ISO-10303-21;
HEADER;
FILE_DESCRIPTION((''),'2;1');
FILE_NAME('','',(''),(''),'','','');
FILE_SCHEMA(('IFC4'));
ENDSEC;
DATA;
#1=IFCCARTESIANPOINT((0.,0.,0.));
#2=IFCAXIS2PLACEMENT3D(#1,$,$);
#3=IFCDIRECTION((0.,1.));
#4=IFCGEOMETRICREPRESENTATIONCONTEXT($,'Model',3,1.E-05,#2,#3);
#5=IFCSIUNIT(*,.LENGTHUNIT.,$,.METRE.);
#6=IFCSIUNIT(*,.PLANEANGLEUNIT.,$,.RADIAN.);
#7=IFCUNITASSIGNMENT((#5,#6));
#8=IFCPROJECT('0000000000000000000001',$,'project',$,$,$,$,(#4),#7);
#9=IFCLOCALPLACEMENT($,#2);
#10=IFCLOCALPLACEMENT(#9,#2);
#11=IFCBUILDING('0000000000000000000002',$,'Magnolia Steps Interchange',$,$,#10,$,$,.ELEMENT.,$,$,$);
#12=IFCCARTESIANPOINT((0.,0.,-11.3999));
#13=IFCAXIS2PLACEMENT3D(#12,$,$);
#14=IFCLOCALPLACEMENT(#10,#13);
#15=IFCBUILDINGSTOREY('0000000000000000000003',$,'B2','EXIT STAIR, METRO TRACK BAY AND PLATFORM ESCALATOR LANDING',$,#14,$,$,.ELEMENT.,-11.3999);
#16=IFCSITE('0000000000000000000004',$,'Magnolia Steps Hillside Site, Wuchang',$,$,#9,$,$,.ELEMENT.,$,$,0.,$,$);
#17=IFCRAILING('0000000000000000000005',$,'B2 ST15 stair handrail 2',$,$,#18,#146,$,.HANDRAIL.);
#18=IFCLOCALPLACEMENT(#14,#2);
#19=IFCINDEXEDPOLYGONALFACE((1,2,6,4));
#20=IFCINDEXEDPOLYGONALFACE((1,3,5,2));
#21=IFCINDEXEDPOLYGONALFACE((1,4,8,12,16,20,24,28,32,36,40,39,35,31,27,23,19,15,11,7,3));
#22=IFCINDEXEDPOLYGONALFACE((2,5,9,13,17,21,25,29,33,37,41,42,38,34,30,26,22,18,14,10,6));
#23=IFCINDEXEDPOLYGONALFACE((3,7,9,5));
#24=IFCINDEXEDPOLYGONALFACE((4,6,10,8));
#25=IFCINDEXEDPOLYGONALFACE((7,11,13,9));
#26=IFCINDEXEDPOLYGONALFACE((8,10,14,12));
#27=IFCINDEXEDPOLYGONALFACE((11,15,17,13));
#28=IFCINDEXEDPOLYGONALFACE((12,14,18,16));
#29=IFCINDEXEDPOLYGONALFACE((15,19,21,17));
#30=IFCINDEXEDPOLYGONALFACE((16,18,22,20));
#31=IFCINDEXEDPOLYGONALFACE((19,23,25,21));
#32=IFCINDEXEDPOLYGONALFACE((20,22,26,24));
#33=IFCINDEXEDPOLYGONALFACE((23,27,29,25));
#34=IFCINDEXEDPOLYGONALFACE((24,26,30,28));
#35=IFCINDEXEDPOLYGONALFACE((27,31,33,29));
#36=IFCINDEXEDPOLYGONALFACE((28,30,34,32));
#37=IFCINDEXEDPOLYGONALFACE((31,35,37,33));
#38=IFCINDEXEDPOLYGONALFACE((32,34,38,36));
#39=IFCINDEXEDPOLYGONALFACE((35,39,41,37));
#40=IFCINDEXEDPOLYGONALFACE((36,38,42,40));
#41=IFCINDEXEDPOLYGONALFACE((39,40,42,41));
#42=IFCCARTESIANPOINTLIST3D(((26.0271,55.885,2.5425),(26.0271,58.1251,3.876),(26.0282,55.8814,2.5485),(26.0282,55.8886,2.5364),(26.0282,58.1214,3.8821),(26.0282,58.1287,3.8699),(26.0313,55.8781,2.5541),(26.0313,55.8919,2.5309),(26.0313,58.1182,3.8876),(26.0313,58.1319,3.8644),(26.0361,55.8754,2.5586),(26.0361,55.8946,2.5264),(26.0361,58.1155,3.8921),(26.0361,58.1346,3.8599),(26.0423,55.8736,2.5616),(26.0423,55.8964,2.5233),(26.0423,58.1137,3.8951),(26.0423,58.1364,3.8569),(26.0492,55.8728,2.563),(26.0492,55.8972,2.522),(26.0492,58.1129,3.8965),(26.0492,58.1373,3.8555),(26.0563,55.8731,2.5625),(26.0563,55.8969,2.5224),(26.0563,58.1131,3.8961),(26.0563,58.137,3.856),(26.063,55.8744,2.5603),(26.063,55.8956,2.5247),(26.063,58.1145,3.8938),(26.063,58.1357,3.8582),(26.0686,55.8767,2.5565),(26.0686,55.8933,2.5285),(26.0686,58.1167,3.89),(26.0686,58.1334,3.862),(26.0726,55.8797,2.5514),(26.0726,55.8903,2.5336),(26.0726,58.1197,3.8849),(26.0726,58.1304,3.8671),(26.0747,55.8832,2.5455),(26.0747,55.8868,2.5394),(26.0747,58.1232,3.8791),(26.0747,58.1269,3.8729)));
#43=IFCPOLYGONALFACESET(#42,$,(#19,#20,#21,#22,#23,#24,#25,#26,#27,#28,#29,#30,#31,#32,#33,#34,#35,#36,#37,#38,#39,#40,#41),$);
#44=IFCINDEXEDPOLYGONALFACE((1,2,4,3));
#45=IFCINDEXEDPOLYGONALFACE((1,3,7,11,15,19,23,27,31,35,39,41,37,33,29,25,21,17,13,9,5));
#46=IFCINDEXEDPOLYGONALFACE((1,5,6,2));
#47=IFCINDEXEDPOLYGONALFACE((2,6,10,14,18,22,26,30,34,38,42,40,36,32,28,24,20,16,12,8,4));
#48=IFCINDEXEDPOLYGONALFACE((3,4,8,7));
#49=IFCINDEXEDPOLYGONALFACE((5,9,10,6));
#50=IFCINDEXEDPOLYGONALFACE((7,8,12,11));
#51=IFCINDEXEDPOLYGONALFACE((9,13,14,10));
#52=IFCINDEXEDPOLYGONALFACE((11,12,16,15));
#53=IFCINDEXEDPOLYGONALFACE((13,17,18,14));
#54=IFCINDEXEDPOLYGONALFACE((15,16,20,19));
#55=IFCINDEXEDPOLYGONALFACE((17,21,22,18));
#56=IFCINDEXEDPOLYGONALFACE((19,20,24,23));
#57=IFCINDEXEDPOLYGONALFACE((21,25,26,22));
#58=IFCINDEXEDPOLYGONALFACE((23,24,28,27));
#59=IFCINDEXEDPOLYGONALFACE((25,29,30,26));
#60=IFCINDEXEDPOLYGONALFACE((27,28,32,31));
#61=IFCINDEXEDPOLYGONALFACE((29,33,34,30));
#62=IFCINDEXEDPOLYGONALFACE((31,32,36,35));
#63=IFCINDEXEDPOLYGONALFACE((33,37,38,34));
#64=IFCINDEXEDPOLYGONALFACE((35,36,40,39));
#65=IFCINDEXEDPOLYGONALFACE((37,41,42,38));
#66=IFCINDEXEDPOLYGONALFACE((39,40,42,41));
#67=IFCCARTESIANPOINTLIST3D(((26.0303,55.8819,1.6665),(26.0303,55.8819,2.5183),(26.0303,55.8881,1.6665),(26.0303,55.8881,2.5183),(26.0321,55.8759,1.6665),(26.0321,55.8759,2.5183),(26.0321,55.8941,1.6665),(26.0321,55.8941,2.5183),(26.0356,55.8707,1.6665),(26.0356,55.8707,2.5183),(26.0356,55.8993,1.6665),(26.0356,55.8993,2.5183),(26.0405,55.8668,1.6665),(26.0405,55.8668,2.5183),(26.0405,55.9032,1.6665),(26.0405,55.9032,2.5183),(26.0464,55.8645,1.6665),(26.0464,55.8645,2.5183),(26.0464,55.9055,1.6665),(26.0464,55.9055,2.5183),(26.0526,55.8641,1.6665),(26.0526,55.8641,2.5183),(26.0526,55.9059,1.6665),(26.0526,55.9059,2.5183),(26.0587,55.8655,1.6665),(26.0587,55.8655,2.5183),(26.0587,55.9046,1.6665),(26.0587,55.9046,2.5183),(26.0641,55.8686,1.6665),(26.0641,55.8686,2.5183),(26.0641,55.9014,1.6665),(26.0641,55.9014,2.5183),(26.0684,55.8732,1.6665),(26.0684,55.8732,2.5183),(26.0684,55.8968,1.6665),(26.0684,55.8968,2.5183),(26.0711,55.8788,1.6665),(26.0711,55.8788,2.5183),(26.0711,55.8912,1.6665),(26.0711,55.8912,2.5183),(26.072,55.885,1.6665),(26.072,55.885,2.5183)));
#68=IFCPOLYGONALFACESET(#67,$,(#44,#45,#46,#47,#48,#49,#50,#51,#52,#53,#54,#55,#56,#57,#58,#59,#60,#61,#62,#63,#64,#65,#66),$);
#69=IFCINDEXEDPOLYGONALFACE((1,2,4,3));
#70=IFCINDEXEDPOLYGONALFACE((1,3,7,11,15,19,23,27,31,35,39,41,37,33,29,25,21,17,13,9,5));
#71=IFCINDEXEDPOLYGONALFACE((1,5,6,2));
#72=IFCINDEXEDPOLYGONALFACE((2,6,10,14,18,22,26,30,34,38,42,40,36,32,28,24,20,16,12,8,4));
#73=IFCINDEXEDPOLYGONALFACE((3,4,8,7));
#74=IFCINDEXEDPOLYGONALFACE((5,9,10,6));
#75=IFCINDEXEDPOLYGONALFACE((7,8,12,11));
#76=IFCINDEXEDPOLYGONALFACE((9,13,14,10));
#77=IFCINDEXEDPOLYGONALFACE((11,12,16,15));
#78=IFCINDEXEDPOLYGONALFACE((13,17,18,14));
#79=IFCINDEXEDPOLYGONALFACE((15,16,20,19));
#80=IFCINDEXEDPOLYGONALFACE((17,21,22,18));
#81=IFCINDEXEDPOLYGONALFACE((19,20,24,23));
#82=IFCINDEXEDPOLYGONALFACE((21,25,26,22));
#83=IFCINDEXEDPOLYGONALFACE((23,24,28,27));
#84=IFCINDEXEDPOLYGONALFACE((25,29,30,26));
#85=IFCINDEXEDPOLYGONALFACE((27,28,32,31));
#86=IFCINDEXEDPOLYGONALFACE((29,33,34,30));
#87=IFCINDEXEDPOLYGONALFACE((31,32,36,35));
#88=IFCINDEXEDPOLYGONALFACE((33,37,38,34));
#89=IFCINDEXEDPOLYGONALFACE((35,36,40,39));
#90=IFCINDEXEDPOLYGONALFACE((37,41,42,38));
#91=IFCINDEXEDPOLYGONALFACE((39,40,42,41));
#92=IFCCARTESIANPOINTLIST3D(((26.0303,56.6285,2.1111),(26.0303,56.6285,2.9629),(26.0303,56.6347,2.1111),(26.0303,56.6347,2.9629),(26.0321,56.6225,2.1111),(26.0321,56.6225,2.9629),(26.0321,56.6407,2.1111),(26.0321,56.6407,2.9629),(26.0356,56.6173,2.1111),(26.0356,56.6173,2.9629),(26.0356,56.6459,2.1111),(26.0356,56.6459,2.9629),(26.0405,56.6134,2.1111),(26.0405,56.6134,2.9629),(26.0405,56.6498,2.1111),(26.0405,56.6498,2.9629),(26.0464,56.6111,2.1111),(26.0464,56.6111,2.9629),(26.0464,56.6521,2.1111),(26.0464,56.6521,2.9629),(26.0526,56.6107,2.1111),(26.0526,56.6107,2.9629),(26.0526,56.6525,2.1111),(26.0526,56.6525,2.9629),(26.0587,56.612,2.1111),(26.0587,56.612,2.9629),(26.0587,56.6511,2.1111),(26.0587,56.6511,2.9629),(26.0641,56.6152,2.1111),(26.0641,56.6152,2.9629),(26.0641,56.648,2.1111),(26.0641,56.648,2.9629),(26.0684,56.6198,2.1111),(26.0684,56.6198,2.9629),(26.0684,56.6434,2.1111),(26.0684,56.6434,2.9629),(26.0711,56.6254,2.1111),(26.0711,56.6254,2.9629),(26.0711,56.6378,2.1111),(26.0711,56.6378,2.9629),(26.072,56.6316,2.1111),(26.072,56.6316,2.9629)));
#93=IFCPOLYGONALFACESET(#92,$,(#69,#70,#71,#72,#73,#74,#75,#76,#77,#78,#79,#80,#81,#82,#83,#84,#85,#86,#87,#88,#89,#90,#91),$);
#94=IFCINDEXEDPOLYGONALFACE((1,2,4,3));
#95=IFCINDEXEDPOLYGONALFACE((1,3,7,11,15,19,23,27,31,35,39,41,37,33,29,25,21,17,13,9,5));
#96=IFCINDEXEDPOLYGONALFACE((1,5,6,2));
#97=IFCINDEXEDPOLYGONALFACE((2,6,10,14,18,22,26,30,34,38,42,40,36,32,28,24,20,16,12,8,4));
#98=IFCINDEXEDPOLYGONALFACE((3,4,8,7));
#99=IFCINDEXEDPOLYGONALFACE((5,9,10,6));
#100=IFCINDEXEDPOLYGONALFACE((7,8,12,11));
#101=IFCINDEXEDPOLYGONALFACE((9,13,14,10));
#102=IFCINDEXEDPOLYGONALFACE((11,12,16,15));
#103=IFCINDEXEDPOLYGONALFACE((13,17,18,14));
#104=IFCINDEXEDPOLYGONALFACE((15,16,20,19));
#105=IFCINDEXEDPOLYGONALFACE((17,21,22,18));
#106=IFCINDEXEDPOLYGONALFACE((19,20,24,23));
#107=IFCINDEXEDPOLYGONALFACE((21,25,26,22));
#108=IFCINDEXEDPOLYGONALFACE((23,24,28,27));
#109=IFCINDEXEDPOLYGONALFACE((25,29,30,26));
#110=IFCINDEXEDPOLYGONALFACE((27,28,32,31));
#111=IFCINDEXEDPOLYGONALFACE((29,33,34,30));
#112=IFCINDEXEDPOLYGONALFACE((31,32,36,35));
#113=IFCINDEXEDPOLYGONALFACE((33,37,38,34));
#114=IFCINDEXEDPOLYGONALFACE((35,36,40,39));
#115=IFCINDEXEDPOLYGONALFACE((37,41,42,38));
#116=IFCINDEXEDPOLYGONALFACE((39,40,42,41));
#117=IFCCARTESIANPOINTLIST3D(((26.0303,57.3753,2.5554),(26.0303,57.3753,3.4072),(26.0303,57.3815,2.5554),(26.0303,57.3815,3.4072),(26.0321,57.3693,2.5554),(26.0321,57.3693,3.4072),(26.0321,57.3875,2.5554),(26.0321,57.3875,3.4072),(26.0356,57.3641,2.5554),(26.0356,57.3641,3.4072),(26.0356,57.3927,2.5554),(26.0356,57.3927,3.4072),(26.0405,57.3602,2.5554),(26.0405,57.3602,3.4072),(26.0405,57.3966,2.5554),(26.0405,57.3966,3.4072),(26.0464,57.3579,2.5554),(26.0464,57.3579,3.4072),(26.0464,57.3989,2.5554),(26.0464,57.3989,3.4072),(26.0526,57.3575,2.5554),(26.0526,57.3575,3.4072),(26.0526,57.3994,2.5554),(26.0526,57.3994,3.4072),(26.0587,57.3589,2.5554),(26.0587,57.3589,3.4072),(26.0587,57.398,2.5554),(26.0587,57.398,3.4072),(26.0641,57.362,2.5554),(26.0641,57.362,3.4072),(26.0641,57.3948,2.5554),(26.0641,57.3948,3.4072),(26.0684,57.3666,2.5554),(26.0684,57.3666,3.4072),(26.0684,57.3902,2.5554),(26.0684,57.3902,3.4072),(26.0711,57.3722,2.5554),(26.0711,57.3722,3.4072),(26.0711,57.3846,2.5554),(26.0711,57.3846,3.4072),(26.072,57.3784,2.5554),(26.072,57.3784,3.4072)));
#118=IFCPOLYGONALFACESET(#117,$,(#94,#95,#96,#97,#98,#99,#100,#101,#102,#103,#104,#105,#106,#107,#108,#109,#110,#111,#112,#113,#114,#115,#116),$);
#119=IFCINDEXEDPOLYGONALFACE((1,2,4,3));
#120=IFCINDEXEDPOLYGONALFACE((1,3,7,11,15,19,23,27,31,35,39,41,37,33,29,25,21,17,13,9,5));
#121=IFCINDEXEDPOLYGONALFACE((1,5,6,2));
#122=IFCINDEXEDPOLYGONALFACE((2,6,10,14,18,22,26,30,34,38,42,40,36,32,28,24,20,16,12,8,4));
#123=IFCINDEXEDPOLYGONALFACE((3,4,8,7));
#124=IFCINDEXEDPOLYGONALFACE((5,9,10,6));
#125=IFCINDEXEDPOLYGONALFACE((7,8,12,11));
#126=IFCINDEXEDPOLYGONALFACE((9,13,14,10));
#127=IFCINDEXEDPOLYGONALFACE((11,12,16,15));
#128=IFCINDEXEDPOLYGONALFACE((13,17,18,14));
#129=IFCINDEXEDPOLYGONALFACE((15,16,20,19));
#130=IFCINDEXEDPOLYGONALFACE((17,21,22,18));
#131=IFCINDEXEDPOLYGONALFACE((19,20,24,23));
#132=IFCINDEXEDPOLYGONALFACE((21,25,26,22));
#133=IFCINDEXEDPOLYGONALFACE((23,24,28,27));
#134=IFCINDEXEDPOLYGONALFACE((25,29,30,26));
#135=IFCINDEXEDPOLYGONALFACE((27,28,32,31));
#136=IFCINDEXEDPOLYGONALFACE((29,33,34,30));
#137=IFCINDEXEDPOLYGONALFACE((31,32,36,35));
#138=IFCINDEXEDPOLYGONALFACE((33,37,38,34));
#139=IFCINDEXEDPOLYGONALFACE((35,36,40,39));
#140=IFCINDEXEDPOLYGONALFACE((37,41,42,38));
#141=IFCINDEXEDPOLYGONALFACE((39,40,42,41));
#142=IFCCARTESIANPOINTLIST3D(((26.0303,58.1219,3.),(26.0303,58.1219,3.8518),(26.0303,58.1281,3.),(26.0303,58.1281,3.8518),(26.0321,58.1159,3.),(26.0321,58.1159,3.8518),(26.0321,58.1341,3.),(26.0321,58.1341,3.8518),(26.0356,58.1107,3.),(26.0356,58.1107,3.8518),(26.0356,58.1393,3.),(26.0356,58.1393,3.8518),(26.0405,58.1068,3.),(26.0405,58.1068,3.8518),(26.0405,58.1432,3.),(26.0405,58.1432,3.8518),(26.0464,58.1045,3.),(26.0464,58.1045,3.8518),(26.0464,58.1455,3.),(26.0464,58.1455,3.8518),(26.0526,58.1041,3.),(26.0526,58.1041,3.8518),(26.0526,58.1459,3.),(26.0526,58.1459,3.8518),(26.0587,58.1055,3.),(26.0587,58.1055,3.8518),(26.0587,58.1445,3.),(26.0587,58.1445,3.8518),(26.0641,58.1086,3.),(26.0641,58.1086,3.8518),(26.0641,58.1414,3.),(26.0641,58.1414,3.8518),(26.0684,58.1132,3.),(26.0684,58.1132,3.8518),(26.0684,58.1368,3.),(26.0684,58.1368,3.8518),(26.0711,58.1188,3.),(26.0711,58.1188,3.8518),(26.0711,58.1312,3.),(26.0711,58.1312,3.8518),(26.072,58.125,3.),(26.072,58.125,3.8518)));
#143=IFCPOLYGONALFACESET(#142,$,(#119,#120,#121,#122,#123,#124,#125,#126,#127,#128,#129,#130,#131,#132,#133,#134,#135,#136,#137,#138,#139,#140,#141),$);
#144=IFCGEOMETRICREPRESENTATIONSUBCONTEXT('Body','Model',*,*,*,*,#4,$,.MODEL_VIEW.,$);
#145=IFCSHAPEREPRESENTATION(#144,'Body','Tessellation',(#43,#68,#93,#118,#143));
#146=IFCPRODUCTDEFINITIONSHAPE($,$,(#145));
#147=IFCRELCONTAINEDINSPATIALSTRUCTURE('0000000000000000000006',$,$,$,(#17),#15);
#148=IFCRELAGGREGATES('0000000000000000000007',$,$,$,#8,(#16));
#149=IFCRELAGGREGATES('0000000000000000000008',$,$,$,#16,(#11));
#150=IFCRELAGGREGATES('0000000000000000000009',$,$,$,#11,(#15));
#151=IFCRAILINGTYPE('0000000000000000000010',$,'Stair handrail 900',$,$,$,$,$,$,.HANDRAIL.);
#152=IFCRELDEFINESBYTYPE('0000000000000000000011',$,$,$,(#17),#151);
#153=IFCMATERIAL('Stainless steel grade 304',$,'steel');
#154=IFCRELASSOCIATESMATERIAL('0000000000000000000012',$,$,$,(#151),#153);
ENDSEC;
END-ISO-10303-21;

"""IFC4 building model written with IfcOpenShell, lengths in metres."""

from ifc_helpers import new_model, si_unit, direction, frame, origin, origin_2d, place, context, subcontext, project, spatial, circle, extrude, material, type_object, element, save


model = new_model("IFC4")

# Units and contexts
model_context = context("Model", 3, precision=1e-05, world=origin(), true_north=direction((0.0, 1.0)))
body_context = subcontext(model_context, "Body", "Model", "MODEL_VIEW")
ifc_project = project(units=[si_unit("LENGTHUNIT", "METRE"), si_unit("PLANEANGLEUNIT", "RADIAN")], contexts=[model_context])

# Site, building, storey
site_placement = place(None, origin())
site = spatial("IfcSite", under=ifc_project, at=site_placement, Name="Magnolia Steps Hillside Site, Wuchang", CompositionType="ELEMENT", RefElevation=0.0)
building_placement = place(site_placement, origin())
building = spatial("IfcBuilding", under=site, at=building_placement, Name="Magnolia Steps Interchange", CompositionType="ELEMENT")
storey_placement = place(building_placement, frame((0.0, 0.0, -11.3999)))
storey = spatial("IfcBuildingStorey", under=building, at=storey_placement, Name="B2", Description="EXIT STAIR, METRO TRACK BAY AND PLATFORM ESCALATOR LANDING", CompositionType="ELEMENT", Elevation=-11.3999)

# Railing
ifc_material_1 = material(Name="Stainless steel grade 304", Category="steel")
railing_type_1 = type_object("IfcRailingType", Name="Stair handrail 900", PredefinedType="HANDRAIL", material=ifc_material_1)
railing_1_placement = place(storey_placement, frame((26.051, 55.885, 1.6665)))
element("IfcRailing", 1, at=railing_1_placement, inside=storey, type_object=railing_type_1, Name="B2 ST15 stair handrail 2", PredefinedType="HANDRAIL", context=body_context, shape_type="SweptSolid", body=[
    extrude(circle(Radius=0.0239, at=origin_2d()), frame((0.0, 0.0, 0.876), z_axis=(0.0, 0.859264, 0.511532), x_axis=(-1.0, 0.0, 0.0)), (0.0, 0.0, 1.0), 2.6069),
    extrude(circle(Radius=0.021, at=origin_2d()), origin(), (0.0, 0.0, 1.0), 0.8518),
    extrude(circle(Radius=0.021, at=origin_2d()), frame((0.0, 0.7466, 0.4446)), (0.0, 0.0, 1.0), 0.8518),
    extrude(circle(Radius=0.021, at=origin_2d()), frame((0.0, 1.4934, 0.8889)), (0.0, 0.0, 1.0), 0.8518),
    extrude(circle(Radius=0.021, at=origin_2d()), frame((0.0, 2.24, 1.3335)), (0.0, 0.0, 1.0), 0.8518),
])

save(model, "model.ifc")
